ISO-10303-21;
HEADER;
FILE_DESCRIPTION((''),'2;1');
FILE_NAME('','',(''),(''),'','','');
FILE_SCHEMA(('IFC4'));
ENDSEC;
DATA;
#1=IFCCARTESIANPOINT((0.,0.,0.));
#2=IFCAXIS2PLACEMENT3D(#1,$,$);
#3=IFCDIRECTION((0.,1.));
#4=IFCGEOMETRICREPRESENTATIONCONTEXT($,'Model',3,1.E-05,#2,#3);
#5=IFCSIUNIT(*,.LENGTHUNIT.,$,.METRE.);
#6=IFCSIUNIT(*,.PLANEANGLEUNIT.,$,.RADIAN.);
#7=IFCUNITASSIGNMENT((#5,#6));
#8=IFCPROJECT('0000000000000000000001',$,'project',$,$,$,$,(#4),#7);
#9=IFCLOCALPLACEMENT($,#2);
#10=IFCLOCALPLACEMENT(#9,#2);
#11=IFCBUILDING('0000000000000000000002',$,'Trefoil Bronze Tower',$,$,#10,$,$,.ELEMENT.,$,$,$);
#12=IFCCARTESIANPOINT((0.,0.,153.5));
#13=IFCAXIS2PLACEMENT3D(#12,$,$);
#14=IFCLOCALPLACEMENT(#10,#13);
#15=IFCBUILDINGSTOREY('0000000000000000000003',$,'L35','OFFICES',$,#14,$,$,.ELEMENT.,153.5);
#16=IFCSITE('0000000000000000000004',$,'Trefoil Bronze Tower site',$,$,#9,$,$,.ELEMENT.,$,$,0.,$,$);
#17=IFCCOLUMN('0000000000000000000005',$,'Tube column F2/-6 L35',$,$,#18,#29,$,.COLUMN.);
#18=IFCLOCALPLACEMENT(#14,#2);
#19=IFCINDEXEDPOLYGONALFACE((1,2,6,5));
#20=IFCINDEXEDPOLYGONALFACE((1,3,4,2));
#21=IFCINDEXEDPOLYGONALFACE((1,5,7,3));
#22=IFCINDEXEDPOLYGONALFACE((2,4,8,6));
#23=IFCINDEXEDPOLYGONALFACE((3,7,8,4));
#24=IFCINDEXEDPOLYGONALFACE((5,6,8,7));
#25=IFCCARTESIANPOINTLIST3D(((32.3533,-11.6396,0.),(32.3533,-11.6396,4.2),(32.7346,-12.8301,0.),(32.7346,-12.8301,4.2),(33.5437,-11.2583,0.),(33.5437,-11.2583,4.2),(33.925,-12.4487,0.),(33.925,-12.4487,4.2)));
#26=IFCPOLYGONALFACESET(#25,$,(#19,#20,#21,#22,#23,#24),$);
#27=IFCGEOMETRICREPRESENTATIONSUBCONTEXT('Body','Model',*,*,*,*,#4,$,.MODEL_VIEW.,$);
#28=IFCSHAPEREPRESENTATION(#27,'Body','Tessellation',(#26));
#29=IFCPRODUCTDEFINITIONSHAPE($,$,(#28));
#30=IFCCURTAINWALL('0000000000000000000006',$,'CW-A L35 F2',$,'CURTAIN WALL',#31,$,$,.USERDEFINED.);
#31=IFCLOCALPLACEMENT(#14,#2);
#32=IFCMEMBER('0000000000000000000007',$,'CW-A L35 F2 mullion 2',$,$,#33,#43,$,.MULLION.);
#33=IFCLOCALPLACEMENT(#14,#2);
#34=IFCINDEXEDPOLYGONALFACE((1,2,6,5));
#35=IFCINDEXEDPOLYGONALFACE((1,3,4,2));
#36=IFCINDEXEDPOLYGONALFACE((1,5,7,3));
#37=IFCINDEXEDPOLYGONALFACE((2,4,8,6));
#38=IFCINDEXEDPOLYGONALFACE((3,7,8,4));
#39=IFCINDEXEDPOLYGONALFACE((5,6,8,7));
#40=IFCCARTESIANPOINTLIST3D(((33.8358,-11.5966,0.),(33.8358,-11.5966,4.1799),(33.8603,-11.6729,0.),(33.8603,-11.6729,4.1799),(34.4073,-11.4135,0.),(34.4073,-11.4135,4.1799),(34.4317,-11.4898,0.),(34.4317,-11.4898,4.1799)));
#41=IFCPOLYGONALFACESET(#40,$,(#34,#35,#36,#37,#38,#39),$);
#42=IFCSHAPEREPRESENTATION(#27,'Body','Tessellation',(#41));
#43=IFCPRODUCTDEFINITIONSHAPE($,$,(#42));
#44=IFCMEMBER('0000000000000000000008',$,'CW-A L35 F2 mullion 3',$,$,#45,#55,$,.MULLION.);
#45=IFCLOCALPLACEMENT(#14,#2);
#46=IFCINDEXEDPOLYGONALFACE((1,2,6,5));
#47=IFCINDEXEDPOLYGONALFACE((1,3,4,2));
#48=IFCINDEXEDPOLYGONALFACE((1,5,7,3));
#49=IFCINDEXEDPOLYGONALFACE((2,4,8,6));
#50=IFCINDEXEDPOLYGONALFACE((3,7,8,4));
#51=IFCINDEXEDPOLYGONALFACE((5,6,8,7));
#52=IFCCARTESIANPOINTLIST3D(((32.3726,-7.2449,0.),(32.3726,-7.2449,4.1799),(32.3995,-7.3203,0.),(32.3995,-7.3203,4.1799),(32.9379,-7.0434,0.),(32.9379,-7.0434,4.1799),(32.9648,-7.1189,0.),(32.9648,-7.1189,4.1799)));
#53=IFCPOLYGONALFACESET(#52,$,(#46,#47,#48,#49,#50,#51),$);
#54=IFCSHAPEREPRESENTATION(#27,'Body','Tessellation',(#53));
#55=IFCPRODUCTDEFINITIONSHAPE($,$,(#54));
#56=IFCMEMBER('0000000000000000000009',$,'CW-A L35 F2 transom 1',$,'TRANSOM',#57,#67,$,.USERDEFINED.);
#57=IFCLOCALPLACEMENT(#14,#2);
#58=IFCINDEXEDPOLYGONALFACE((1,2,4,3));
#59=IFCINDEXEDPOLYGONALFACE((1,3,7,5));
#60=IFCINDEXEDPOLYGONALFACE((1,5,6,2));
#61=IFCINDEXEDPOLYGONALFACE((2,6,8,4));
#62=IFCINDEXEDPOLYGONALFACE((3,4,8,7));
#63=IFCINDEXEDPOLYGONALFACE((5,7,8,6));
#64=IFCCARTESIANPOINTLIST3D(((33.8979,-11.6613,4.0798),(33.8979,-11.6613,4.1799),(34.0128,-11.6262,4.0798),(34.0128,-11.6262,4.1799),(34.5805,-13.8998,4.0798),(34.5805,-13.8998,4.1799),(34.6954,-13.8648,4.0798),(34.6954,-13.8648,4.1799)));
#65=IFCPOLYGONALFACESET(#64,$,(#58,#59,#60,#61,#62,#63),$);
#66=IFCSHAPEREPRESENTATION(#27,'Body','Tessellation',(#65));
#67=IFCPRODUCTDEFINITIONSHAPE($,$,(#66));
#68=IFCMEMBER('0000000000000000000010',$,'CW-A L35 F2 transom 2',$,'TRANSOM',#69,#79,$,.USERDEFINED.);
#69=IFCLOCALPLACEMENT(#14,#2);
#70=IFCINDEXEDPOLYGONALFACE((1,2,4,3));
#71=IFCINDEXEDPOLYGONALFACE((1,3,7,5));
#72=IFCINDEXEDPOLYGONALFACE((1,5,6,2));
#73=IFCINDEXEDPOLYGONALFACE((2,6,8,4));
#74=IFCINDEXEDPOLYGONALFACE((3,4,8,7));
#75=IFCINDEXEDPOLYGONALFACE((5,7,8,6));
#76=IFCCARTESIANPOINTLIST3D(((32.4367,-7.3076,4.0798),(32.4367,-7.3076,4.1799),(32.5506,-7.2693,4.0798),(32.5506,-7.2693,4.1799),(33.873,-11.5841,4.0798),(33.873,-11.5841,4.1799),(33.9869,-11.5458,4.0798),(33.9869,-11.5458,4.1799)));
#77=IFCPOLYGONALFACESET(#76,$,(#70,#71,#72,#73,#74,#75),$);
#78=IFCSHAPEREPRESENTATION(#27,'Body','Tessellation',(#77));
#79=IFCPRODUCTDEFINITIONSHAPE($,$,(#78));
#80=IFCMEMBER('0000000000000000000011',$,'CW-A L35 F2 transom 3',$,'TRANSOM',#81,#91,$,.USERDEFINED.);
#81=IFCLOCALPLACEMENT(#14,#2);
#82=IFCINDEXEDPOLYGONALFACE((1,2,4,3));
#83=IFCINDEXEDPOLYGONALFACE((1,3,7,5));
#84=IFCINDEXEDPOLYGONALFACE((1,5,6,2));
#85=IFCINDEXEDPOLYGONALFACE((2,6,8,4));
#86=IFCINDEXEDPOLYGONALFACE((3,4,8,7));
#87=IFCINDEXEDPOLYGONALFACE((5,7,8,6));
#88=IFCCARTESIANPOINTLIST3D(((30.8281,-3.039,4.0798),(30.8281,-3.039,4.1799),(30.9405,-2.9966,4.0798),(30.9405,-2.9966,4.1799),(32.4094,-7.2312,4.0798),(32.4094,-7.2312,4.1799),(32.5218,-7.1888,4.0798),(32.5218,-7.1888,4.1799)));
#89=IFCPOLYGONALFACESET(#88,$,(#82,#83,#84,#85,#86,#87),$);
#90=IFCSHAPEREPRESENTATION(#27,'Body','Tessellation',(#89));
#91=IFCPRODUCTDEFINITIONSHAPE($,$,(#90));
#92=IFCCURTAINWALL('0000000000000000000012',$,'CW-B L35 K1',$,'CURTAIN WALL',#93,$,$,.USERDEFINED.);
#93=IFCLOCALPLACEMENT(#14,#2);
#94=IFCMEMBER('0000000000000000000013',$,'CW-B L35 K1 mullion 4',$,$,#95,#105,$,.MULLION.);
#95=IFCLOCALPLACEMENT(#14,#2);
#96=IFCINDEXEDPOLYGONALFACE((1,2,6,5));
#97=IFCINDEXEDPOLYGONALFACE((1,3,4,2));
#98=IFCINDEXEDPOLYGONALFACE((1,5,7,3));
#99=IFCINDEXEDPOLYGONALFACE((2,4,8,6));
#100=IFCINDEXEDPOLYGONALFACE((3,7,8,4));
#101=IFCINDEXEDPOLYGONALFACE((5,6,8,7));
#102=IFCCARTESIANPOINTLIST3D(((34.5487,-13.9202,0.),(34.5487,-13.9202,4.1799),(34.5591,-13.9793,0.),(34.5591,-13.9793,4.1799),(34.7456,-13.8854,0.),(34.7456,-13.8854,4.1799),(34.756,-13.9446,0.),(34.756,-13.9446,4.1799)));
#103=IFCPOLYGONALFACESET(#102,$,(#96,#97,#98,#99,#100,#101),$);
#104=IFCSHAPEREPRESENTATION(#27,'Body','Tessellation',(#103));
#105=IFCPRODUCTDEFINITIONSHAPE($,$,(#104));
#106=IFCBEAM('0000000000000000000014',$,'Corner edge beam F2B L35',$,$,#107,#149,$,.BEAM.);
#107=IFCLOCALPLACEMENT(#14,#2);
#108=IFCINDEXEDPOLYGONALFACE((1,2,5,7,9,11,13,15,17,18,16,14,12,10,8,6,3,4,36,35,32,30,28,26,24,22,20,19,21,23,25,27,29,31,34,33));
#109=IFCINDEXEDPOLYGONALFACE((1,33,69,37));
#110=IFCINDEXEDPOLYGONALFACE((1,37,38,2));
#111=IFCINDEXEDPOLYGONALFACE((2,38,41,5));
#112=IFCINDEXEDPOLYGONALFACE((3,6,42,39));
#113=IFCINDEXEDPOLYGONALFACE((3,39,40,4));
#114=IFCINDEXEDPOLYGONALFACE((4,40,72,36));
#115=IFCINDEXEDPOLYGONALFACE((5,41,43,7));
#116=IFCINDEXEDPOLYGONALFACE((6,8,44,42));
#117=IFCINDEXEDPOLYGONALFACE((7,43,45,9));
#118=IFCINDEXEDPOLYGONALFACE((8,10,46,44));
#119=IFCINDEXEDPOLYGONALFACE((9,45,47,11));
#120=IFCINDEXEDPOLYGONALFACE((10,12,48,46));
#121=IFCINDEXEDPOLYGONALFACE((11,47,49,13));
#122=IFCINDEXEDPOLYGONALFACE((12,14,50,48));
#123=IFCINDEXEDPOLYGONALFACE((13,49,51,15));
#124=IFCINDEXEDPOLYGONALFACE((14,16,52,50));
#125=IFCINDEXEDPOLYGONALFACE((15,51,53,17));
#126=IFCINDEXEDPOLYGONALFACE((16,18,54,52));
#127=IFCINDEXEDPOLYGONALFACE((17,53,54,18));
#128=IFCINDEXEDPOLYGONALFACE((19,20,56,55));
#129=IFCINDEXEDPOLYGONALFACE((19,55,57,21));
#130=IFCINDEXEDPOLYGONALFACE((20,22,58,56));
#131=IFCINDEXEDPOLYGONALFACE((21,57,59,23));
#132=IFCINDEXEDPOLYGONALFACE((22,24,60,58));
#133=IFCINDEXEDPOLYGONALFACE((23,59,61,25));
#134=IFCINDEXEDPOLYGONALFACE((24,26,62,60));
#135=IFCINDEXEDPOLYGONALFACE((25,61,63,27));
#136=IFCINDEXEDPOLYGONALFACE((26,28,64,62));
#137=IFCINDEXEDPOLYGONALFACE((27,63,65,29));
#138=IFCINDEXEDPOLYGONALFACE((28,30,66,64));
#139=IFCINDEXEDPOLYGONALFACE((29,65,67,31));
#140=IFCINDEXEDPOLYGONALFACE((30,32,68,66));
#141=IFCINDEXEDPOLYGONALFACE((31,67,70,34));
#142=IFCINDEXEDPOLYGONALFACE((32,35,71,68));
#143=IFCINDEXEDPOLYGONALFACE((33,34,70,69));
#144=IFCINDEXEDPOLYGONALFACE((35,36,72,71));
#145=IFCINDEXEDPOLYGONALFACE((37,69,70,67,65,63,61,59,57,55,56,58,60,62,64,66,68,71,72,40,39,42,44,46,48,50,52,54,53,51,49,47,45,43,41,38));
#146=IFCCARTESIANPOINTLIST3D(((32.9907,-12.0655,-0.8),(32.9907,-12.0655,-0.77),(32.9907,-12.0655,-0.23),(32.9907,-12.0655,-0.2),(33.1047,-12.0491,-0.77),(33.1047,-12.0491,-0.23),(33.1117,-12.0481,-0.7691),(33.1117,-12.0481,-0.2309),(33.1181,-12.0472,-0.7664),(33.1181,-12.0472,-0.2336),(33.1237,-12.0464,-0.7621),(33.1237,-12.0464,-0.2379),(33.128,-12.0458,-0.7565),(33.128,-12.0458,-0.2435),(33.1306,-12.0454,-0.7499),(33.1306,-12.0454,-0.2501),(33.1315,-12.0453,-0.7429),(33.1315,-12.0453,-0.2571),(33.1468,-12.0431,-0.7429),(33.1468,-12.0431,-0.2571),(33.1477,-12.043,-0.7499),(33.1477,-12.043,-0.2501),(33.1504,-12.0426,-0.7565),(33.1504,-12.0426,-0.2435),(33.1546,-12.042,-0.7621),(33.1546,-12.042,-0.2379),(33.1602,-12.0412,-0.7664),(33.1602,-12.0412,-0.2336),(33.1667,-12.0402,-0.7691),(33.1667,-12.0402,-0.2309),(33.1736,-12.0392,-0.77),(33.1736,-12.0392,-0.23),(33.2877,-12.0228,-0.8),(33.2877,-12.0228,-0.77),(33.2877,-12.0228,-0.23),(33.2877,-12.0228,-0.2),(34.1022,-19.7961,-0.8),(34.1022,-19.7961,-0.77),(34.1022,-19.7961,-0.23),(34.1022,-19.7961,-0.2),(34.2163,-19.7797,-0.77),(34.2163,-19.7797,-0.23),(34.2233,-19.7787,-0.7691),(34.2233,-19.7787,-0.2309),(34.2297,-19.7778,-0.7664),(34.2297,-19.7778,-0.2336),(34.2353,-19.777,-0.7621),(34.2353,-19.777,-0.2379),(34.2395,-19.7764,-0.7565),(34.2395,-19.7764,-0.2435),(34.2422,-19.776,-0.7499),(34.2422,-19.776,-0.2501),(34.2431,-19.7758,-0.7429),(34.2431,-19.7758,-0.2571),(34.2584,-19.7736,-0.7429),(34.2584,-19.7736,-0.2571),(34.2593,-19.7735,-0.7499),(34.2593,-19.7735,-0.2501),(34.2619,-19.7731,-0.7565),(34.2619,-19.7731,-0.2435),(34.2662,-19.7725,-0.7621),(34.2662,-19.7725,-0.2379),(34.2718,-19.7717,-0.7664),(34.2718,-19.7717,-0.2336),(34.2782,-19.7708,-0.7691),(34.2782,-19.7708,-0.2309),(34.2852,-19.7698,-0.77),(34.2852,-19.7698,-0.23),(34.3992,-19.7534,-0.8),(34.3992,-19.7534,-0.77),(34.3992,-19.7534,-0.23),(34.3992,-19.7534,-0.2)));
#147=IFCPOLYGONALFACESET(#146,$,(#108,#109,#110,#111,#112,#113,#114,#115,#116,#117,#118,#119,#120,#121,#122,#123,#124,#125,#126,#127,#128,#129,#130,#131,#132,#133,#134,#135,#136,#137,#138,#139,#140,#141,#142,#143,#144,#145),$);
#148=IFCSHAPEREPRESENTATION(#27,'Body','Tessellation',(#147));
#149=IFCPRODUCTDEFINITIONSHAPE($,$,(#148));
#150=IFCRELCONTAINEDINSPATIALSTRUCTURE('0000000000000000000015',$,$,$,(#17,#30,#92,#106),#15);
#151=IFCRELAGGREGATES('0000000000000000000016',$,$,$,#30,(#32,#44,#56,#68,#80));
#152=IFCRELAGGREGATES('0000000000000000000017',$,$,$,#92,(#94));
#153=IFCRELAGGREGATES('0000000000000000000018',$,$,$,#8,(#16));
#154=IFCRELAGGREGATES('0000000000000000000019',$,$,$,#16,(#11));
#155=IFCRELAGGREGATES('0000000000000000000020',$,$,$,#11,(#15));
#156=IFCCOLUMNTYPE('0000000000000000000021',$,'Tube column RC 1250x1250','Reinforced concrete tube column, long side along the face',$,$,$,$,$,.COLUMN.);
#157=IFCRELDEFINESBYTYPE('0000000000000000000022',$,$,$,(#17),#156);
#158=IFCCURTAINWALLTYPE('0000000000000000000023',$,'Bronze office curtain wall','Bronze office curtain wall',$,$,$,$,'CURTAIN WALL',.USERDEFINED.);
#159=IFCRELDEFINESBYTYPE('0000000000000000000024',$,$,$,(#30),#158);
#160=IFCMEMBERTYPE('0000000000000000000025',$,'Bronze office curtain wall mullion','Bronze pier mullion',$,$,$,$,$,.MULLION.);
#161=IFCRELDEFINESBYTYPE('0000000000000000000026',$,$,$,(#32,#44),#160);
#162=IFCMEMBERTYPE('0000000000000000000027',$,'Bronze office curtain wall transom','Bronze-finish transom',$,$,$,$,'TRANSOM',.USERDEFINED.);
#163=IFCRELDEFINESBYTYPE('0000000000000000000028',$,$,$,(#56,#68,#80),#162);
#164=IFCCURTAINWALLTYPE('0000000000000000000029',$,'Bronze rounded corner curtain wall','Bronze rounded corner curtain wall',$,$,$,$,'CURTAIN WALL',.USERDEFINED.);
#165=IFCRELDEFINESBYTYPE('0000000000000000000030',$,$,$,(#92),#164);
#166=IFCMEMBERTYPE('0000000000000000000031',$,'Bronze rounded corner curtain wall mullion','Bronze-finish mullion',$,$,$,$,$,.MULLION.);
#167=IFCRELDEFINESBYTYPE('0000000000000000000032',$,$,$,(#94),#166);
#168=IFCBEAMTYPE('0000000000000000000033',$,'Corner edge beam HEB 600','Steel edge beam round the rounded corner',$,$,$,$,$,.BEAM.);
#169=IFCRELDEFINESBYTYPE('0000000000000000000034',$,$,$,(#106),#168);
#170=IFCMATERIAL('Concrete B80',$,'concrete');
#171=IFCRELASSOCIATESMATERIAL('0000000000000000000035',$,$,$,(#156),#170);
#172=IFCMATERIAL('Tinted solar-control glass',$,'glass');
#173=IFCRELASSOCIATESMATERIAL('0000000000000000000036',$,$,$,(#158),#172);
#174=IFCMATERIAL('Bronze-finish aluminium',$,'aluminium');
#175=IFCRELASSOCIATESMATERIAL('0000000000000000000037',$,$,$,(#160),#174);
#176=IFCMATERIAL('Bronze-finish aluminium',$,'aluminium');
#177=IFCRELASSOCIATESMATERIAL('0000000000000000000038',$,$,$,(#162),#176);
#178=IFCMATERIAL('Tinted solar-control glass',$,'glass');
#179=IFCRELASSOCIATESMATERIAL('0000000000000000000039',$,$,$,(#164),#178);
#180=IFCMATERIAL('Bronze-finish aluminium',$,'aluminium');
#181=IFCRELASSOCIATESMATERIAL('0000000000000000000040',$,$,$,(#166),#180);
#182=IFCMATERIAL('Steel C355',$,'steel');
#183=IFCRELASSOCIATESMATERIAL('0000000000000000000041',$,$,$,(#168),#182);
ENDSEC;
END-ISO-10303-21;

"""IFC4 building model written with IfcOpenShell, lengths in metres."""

from ifc_helpers import new_model, si_unit, direction, frame, origin, origin_2d, place, context, subcontext, project, spatial, rectangle, i_section, extrude, material, material_profile, profile_set, type_object, element, aggregate, save


model = new_model("IFC4")

# Units and contexts
model_context = context("Model", 3, precision=1e-05, world=origin(), true_north=direction((0.0, 1.0)))
body_context = subcontext(model_context, "Body", "Model", "MODEL_VIEW")
ifc_project = project(units=[si_unit("LENGTHUNIT", "METRE"), si_unit("PLANEANGLEUNIT", "RADIAN")], contexts=[model_context])

# Site, building, storey
site_placement = place(None, origin())
site = spatial("IfcSite", under=ifc_project, at=site_placement, Name="Trefoil Bronze Tower site", CompositionType="ELEMENT", RefElevation=0.0)
building_placement = place(site_placement, origin())
building = spatial("IfcBuilding", under=site, at=building_placement, Name="Trefoil Bronze Tower", CompositionType="ELEMENT")
storey_placement = place(building_placement, frame((0.0, 0.0, 153.5)))
storey = spatial("IfcBuildingStorey", under=building, at=storey_placement, Name="L35", Description="OFFICES", CompositionType="ELEMENT", Elevation=153.5)

# Column
ifc_material_1 = material(Name="Concrete B80", Category="concrete")
ifc_material_profile_1 = material_profile(ifc_material_1, rectangle(XDim=1.25, YDim=1.25, at=origin_2d()), Name="RC 1250x1250")
ifc_profile_set_1 = profile_set([ifc_material_profile_1], Name="Concrete B80")
column_type = type_object("IfcColumnType", Name="Tube column RC 1250x1250", Description="Reinforced concrete tube column, long side along the face", PredefinedType="COLUMN", material=ifc_profile_set_1)
column_placement = place(storey_placement, frame((33.1392, -12.0442, 0.0), z_axis=(0.0, 0.0, 1.0), x_axis=(-0.305066, 0.952331, 0.0)))
element("IfcColumn", 1, at=column_placement, inside=storey, type_object=column_type, Name="Tube column F2/-6 L35", PredefinedType="COLUMN", context=body_context, shape_type="SweptSolid", body=[
    extrude(rectangle(XDim=1.25, YDim=1.25, at=origin_2d()), origin(), (0.0, 0.0, 1.0), 4.2),
])

# Curtain wall, members
ifc_material_2 = material(Name="Tinted solar-control glass", Category="glass")
curtain_wall_type_1 = type_object("IfcCurtainWallType", Name="Bronze office curtain wall", Description="Bronze office curtain wall", ElementType="CURTAIN WALL", PredefinedType="USERDEFINED", material=ifc_material_2)
curtain_wall_1_placement = place(storey_placement, origin())
curtain_wall_1 = element("IfcCurtainWall", 2, at=curtain_wall_1_placement, inside=storey, type_object=curtain_wall_type_1, Name="CW-A L35 F2", ObjectType="CURTAIN WALL", PredefinedType="USERDEFINED")
ifc_material_3 = material(Name="Bronze-finish aluminium", Category="aluminium")
ifc_material_profile_2 = material_profile(ifc_material_3, rectangle(XDim=0.6001, YDim=0.0801, at=origin_2d()), Name="CW-A mullion")
ifc_profile_set_2 = profile_set([ifc_material_profile_2], Name="Bronze-finish aluminium")
member_type_1 = type_object("IfcMemberType", Name="Bronze office curtain wall mullion", Description="Bronze pier mullion", PredefinedType="MULLION", material=ifc_profile_set_2)
member_1_placement = place(storey_placement, frame((34.1338, -11.5432, 0.0), z_axis=(0.0, 0.0, 1.0), x_axis=(-0.952331, -0.305066, 0.0)))
member_1 = element("IfcMember", 3, at=member_1_placement, type_object=member_type_1, Name="CW-A L35 F2 mullion 2", PredefinedType="MULLION", context=body_context, shape_type="SweptSolid", body=[
    extrude(rectangle(XDim=0.6001, YDim=0.0801, at=origin_2d()), origin(), (0.0, 0.0, 1.0), 4.1799),
])
member_2_placement = place(storey_placement, frame((32.6687, -7.1819, 0.0), z_axis=(0.0, 0.0, 1.0), x_axis=(-0.941963, -0.335718, 0.0)))
member_2 = element("IfcMember", 4, at=member_2_placement, type_object=member_type_1, Name="CW-A L35 F2 mullion 3", PredefinedType="MULLION", context=body_context, shape_type="SweptSolid", body=[
    extrude(rectangle(XDim=0.6001, YDim=0.0801, at=origin_2d()), origin(), (0.0, 0.0, 1.0), 4.1799),
])
ifc_material_4 = material(Name="Bronze-finish aluminium", Category="aluminium")
ifc_material_profile_3 = material_profile(ifc_material_4, rectangle(XDim=0.1201, YDim=0.1001, at=origin_2d()), Name="CW-A transom")
ifc_profile_set_3 = profile_set([ifc_material_profile_3], Name="Bronze-finish aluminium")
member_type_2 = type_object("IfcMemberType", Name="Bronze office curtain wall transom", Description="Bronze-finish transom", ElementType="TRANSOM", PredefinedType="USERDEFINED", material=ifc_profile_set_3)
member_3_placement = place(storey_placement, frame((34.6379, -13.8823, 4.1299), z_axis=(-0.29168, 0.956516, 0.0), x_axis=(-0.956516, -0.29168, 0.0)))
member_3 = element("IfcMember", 5, at=member_3_placement, type_object=member_type_2, Name="CW-A L35 F2 transom 1", ObjectType="TRANSOM", PredefinedType="USERDEFINED", context=body_context, shape_type="SweptSolid", body=[
    extrude(rectangle(XDim=0.1201, YDim=0.1001, at=origin_2d()), origin(), (0.0, 0.0, 1.0), 2.3403),
])
member_4_placement = place(storey_placement, frame((33.9299, -11.5649, 4.1299), z_axis=(-0.318386, 0.947961, 0.0), x_axis=(-0.947961, -0.318386, 0.0)))
member_4 = element("IfcMember", 6, at=member_4_placement, type_object=member_type_2, Name="CW-A L35 F2 transom 2", ObjectType="TRANSOM", PredefinedType="USERDEFINED", context=body_context, shape_type="SweptSolid", body=[
    extrude(rectangle(XDim=0.1201, YDim=0.1001, at=origin_2d()), origin(), (0.0, 0.0, 1.0), 4.5112),
])
member_5_placement = place(storey_placement, frame((32.4656, -7.21, 4.1299), z_axis=(-0.352932, 0.935649, 0.0), x_axis=(-0.935649, -0.352932, 0.0)))
member_5 = element("IfcMember", 7, at=member_5_placement, type_object=member_type_2, Name="CW-A L35 F2 transom 3", ObjectType="TRANSOM", PredefinedType="USERDEFINED", context=body_context, shape_type="SweptSolid", body=[
    extrude(rectangle(XDim=0.1201, YDim=0.1001, at=origin_2d()), origin(), (0.0, 0.0, 1.0), 4.4805),
])

# Curtain wall, member
ifc_material_5 = material(Name="Tinted solar-control glass", Category="glass")
curtain_wall_type_2 = type_object("IfcCurtainWallType", Name="Bronze rounded corner curtain wall", Description="Bronze rounded corner curtain wall", ElementType="CURTAIN WALL", PredefinedType="USERDEFINED", material=ifc_material_5)
curtain_wall_2_placement = place(storey_placement, origin())
curtain_wall_2 = element("IfcCurtainWall", 8, at=curtain_wall_2_placement, inside=storey, type_object=curtain_wall_type_2, Name="CW-B L35 K1", ObjectType="CURTAIN WALL", PredefinedType="USERDEFINED")
ifc_material_6 = material(Name="Bronze-finish aluminium", Category="aluminium")
ifc_material_profile_4 = material_profile(ifc_material_6, rectangle(XDim=0.2, YDim=0.0601, at=origin_2d()), Name="CW-B mullion")
ifc_profile_set_4 = profile_set([ifc_material_profile_4], Name="Bronze-finish aluminium")
member_type_3 = type_object("IfcMemberType", Name="Bronze rounded corner curtain wall mullion", Description="Bronze-finish mullion", PredefinedType="MULLION", material=ifc_profile_set_4)
member_6_placement = place(storey_placement, frame((34.6523, -13.9324, 0.0), z_axis=(0.0, 0.0, 1.0), x_axis=(-0.984808, -0.173648, 0.0)))
member_6 = element("IfcMember", 9, at=member_6_placement, type_object=member_type_3, Name="CW-B L35 K1 mullion 4", PredefinedType="MULLION", context=body_context, shape_type="SweptSolid", body=[
    extrude(rectangle(XDim=0.2, YDim=0.0601, at=origin_2d()), origin(), (0.0, 0.0, 1.0), 4.1799),
])

# Beam
ifc_material_7 = material(Name="Steel C355", Category="steel")
ifc_material_profile_5 = material_profile(ifc_material_7, i_section(OverallWidth=0.3, OverallDepth=0.6001, WebThickness=0.0154, FlangeThickness=0.03, FilletRadius=0.0271, at=origin_2d()), Name="HEB 600")
ifc_profile_set_5 = profile_set([ifc_material_profile_5], Name="Steel C355")
beam_type_1 = type_object("IfcBeamType", Name="Corner edge beam HEB 600", Description="Steel edge beam round the rounded corner", PredefinedType="BEAM", material=ifc_profile_set_5)
beam_1_placement = place(storey_placement, frame((33.1392, -12.0442, -0.5), z_axis=(0.142327, -0.98982, 0.0), x_axis=(0.98982, 0.142327, 0.0)))
element("IfcBeam", 10, at=beam_1_placement, inside=storey, type_object=beam_type_1, Name="Corner edge beam F2B L35", PredefinedType="BEAM", context=body_context, shape_type="SweptSolid", body=[
    extrude(i_section(OverallWidth=0.3, OverallDepth=0.6001, WebThickness=0.0154, FlangeThickness=0.03, FilletRadius=0.0271, at=origin_2d()), origin(), (0.0, 0.0, 1.0), 7.8101),
])

aggregate(curtain_wall_1, [member_1, member_2, member_3, member_4, member_5])
aggregate(curtain_wall_2, [member_6])

save(model, "model.ifc")
